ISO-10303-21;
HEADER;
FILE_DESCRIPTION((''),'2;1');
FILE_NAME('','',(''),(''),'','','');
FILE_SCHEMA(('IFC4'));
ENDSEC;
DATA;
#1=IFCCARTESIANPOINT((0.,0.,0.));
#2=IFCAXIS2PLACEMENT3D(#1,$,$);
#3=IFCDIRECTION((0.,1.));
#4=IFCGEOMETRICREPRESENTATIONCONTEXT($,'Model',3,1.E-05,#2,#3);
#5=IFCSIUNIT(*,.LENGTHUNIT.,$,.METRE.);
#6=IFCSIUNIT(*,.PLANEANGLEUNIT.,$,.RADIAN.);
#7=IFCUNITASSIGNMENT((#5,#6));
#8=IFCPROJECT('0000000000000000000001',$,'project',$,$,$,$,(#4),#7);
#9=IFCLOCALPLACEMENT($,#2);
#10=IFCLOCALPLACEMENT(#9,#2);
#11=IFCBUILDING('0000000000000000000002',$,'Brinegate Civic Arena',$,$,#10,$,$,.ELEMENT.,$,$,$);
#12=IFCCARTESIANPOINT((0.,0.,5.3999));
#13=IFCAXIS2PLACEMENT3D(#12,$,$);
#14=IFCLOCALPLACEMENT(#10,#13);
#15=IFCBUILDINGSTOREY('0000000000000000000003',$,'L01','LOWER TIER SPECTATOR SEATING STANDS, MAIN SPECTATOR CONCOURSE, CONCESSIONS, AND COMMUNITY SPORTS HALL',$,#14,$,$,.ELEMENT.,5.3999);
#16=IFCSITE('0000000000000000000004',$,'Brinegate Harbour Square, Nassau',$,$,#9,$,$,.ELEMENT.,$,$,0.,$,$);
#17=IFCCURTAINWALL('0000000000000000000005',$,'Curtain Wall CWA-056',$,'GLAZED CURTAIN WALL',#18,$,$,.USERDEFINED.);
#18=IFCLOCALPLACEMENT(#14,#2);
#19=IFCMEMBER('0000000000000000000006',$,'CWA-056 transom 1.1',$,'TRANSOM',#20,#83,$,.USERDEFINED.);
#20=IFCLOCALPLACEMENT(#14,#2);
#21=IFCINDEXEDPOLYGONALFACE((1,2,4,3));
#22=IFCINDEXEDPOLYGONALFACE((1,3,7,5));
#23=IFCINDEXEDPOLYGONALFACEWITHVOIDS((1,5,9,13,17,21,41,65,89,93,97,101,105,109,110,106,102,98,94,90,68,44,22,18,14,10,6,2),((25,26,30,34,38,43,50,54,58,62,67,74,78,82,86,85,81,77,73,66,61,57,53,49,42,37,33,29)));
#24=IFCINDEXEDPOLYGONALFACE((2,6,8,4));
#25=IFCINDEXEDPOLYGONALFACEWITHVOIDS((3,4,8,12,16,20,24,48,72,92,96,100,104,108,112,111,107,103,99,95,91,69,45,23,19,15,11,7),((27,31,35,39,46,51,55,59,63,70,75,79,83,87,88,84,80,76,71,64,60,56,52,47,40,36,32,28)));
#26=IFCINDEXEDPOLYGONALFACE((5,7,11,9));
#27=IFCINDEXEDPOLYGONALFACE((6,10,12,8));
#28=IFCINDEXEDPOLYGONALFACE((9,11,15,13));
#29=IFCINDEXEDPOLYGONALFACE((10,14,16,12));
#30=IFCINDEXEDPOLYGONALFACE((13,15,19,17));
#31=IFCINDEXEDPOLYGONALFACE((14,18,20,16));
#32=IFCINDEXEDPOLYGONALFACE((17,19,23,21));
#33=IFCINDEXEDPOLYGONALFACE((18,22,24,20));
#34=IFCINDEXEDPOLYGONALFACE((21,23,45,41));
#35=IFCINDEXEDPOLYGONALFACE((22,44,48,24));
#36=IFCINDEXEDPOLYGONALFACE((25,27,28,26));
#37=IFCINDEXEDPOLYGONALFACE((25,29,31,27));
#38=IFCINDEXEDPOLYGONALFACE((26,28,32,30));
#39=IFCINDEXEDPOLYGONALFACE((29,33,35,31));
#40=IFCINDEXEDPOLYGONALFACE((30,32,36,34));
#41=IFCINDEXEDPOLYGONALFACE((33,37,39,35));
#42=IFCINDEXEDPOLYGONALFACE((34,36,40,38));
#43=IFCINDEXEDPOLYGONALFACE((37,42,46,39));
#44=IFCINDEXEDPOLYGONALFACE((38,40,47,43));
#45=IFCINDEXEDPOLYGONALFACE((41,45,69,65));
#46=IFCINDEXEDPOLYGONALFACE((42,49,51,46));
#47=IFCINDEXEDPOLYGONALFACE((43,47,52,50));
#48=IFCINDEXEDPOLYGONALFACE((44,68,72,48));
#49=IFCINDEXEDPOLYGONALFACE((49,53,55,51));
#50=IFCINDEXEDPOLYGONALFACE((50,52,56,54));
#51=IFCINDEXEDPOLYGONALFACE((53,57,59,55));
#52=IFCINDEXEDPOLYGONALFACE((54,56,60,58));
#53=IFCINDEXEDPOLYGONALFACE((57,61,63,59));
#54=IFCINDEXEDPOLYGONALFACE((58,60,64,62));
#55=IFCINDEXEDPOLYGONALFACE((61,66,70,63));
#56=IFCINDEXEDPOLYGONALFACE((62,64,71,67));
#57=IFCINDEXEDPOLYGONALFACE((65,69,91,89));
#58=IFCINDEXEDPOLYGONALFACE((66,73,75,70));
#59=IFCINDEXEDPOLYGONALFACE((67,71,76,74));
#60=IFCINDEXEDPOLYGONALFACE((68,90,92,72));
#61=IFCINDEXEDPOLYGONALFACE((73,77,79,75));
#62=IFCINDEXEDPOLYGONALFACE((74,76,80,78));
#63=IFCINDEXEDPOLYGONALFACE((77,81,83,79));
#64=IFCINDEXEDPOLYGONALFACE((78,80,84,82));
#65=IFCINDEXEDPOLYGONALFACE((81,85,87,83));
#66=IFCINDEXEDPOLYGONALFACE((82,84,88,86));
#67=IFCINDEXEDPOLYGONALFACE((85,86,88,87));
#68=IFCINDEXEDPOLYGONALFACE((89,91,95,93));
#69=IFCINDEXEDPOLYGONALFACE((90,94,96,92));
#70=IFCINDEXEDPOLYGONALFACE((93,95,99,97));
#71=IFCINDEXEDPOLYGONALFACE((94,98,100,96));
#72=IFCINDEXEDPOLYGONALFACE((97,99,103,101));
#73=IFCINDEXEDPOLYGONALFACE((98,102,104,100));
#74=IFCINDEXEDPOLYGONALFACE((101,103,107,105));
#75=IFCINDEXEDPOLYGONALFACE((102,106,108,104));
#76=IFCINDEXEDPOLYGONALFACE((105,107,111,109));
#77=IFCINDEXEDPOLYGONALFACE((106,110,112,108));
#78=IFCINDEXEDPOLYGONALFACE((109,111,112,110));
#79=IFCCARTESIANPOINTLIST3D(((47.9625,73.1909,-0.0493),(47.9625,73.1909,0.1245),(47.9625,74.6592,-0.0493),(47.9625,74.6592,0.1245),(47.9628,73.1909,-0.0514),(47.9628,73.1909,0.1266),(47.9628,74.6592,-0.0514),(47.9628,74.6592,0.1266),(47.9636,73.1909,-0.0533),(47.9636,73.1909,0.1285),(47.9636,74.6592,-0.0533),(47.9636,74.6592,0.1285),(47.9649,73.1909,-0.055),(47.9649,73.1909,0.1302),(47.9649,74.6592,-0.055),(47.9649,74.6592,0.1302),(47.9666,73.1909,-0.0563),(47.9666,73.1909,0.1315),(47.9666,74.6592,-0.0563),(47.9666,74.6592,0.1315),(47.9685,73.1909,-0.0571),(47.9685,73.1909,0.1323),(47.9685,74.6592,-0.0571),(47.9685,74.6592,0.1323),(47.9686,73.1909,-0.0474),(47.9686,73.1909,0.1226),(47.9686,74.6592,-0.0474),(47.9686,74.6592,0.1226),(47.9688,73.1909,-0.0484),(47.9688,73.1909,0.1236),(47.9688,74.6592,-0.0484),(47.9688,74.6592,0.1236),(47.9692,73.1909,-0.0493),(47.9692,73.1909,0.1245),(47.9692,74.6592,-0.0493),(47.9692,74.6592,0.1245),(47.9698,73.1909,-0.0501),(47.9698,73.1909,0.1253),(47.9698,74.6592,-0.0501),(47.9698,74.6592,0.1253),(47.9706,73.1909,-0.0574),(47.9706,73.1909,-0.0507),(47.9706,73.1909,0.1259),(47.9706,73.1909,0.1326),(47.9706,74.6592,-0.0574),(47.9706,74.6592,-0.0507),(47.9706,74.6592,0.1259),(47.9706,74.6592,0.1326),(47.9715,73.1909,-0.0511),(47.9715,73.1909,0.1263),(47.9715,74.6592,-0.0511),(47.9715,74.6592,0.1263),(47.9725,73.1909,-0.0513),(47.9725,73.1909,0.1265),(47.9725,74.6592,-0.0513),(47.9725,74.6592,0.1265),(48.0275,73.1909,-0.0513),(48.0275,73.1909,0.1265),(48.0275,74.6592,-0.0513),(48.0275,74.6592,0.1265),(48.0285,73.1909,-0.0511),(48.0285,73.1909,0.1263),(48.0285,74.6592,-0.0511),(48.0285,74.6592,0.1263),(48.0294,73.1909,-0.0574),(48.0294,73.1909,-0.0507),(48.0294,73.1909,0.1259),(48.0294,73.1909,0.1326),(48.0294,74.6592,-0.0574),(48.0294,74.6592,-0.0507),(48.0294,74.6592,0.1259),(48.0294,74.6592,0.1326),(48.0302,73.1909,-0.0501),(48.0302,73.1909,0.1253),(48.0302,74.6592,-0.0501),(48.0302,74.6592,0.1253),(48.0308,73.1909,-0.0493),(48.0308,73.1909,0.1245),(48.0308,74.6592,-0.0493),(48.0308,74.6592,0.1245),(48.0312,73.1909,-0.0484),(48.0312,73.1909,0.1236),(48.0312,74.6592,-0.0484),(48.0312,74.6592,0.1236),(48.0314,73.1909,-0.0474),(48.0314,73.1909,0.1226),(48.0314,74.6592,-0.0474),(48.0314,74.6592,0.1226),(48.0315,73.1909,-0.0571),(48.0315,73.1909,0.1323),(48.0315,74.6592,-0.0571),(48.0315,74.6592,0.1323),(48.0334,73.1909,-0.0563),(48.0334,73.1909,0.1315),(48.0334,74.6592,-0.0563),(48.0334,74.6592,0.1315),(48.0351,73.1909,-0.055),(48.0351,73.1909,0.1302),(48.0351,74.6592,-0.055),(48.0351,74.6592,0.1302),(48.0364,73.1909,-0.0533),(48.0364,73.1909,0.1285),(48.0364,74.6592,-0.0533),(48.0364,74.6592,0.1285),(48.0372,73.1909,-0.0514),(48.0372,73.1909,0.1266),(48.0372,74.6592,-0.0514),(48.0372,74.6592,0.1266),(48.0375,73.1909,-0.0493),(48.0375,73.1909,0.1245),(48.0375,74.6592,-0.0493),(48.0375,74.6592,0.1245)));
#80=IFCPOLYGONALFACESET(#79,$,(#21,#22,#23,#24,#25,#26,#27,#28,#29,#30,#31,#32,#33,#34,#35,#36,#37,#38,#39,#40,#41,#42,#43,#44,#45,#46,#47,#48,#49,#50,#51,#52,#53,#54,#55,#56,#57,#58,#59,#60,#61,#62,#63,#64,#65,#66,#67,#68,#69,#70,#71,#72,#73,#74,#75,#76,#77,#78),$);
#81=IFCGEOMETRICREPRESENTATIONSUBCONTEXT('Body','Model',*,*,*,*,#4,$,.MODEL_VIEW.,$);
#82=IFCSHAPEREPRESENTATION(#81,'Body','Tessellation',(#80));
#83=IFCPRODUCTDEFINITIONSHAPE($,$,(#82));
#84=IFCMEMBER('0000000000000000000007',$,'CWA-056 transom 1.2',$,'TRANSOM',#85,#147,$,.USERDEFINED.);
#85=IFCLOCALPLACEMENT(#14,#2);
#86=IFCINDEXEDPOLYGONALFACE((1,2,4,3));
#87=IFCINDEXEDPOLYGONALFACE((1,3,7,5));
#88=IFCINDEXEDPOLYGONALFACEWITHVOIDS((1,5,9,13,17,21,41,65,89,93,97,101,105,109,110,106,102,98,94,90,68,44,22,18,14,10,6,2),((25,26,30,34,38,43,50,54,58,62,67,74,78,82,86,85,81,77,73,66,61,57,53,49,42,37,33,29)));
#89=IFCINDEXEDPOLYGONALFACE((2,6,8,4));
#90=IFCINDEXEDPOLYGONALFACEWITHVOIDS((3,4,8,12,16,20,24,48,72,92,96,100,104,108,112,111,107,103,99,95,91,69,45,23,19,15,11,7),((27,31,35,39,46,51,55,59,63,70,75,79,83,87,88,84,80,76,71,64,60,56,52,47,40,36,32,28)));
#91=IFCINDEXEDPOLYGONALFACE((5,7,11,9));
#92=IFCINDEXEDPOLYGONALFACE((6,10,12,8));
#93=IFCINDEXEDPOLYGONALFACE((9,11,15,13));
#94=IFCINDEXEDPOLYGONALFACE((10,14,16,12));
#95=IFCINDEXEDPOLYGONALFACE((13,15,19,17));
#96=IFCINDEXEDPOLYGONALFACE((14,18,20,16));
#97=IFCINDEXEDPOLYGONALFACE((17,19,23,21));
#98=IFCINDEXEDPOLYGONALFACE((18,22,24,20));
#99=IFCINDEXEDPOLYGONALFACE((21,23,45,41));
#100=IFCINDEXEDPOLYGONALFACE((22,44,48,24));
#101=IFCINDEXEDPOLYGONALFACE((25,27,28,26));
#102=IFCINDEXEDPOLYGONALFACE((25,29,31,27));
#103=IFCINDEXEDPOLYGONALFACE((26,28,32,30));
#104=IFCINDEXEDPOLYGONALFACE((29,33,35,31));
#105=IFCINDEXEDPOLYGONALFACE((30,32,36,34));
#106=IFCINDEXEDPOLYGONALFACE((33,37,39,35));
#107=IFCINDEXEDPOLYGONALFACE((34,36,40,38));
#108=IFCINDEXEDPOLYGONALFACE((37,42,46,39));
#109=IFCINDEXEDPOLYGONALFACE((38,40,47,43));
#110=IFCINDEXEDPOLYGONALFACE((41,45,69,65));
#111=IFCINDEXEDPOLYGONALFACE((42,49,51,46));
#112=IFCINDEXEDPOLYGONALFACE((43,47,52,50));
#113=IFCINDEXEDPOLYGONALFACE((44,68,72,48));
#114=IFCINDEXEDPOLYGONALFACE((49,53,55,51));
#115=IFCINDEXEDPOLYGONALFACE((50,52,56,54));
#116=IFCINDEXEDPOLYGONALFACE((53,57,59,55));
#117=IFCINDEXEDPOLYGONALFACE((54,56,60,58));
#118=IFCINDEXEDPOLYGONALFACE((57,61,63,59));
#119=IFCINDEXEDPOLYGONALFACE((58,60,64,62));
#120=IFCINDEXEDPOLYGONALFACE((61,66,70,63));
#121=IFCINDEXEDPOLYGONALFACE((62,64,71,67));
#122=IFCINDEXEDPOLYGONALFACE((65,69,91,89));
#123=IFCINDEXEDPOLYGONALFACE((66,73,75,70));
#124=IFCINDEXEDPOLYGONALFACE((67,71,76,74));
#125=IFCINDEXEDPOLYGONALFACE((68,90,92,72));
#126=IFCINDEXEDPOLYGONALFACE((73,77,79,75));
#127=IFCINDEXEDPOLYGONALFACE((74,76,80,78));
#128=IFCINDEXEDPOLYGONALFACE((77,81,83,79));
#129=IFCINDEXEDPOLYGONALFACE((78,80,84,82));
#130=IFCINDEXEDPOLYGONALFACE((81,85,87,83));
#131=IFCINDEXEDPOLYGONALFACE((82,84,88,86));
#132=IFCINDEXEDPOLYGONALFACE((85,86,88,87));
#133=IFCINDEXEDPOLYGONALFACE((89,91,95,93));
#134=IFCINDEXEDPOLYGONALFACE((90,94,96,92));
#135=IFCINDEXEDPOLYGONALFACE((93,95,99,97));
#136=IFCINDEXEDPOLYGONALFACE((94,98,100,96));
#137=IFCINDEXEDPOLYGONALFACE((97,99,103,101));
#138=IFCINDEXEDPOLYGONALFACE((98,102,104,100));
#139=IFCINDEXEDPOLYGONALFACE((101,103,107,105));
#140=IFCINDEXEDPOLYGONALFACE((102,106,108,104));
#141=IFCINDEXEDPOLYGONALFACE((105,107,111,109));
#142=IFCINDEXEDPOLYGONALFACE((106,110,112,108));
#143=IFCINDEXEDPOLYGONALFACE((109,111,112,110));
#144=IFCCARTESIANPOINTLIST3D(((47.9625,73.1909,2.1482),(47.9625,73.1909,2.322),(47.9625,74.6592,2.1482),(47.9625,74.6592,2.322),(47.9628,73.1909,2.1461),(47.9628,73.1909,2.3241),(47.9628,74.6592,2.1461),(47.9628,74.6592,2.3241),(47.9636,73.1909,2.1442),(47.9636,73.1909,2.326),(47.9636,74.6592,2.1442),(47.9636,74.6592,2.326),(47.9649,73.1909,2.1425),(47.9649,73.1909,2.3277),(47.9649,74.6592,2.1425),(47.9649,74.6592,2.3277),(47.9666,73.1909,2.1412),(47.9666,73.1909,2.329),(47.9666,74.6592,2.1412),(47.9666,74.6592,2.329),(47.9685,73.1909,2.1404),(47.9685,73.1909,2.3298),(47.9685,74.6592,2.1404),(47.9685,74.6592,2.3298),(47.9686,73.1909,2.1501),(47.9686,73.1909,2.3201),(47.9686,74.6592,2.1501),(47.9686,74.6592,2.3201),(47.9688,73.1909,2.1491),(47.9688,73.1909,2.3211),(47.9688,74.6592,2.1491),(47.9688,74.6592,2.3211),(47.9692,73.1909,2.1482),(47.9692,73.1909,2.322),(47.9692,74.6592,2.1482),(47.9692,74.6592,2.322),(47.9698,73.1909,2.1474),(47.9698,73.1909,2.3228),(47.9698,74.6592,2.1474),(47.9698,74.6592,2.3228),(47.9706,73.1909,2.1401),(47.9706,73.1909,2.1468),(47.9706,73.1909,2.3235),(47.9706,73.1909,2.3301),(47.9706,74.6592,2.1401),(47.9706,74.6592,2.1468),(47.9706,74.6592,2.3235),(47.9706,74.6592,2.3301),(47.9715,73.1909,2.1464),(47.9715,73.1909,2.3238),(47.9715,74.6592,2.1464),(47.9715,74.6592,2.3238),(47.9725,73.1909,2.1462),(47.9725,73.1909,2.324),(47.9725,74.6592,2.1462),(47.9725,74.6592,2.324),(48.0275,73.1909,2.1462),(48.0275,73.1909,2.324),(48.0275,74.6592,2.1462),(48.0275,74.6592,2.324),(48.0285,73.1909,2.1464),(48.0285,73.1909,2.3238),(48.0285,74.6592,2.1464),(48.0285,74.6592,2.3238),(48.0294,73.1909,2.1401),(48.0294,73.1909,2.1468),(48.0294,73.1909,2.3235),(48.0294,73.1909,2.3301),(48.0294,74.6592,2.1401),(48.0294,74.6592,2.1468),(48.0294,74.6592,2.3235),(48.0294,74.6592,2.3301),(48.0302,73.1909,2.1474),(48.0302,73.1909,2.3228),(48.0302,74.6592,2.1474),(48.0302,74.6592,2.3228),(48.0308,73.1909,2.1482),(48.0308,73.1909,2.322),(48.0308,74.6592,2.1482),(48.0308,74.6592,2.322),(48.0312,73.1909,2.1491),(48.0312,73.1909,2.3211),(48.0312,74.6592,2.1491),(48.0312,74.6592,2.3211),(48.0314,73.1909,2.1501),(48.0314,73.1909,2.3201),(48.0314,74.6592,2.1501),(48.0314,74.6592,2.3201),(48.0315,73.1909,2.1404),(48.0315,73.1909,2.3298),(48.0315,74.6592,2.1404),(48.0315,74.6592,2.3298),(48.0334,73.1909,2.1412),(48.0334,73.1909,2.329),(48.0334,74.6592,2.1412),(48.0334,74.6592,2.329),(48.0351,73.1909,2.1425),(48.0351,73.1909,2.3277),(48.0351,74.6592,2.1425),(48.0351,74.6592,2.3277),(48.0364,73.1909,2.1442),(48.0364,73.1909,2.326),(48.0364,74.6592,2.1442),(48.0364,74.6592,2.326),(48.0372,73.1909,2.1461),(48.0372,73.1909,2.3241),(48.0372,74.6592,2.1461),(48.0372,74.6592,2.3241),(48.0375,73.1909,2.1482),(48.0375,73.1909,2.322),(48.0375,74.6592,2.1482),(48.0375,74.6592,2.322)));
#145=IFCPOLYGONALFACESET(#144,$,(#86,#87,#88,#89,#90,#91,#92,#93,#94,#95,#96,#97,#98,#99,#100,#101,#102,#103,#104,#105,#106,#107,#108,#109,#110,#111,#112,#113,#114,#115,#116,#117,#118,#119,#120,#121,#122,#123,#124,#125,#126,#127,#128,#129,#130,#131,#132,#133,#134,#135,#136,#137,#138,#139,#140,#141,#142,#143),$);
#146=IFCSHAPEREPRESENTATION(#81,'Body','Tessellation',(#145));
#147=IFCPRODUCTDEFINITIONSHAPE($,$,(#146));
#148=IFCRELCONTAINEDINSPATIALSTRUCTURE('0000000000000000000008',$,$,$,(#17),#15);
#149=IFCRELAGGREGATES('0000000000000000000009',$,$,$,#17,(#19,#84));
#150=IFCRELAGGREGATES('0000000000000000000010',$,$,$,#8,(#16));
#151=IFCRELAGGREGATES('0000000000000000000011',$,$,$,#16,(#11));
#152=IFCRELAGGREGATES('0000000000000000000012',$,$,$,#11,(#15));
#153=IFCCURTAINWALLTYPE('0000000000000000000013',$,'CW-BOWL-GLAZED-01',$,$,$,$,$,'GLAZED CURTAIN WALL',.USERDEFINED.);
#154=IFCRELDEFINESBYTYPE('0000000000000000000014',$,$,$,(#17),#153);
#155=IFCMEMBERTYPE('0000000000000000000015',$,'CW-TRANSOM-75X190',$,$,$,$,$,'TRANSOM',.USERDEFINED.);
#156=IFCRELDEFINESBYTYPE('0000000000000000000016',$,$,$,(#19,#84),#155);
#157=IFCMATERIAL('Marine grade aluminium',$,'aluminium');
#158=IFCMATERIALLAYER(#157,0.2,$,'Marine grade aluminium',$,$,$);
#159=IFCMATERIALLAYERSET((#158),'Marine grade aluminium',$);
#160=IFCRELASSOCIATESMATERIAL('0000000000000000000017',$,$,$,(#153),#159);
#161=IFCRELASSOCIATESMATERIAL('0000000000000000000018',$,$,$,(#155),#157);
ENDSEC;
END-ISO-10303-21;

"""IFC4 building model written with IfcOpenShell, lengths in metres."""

from ifc_helpers import new_model, si_unit, direction, frame, origin, origin_2d, place, context, subcontext, project, spatial, hollow_rectangle, extrude, material, layer, layer_set, material_profile, profile_set, type_object, element, aggregate, save


model = new_model("IFC4")

# Units and contexts
model_context = context("Model", 3, precision=1e-05, world=origin(), true_north=direction((0.0, 1.0)))
body_context = subcontext(model_context, "Body", "Model", "MODEL_VIEW")
ifc_project = project(units=[si_unit("LENGTHUNIT", "METRE"), si_unit("PLANEANGLEUNIT", "RADIAN")], contexts=[model_context])

# Site, building, storey
site_placement = place(None, origin())
site = spatial("IfcSite", under=ifc_project, at=site_placement, Name="Brinegate Harbour Square, Nassau", CompositionType="ELEMENT", RefElevation=0.0)
building_placement = place(site_placement, origin())
building = spatial("IfcBuilding", under=site, at=building_placement, Name="Brinegate Civic Arena", CompositionType="ELEMENT")
storey_placement = place(building_placement, frame((0.0, 0.0, 5.3999)))
storey = spatial("IfcBuildingStorey", under=building, at=storey_placement, Name="L01", Description="LOWER TIER SPECTATOR SEATING STANDS, MAIN SPECTATOR CONCOURSE, CONCESSIONS, AND COMMUNITY SPORTS HALL", CompositionType="ELEMENT", Elevation=5.3999)

# Shared definitions
ifc_material_1 = material(Name="Marine grade aluminium", Category="aluminium")

# Curtain wall
ifc_layer_1 = layer(ifc_material_1, 0.2, Name="Marine grade aluminium")
ifc_layer_set_1 = layer_set([ifc_layer_1], Name="Marine grade aluminium")
curtain_wall_type_1 = type_object("IfcCurtainWallType", Name="CW-BOWL-GLAZED-01", ElementType="GLAZED CURTAIN WALL", PredefinedType="USERDEFINED", material=ifc_layer_set_1)
curtain_wall_1_placement = place(storey_placement, origin())
curtain_wall_1 = element("IfcCurtainWall", 1, at=curtain_wall_1_placement, inside=storey, type_object=curtain_wall_type_1, Name="Curtain Wall CWA-056", ObjectType="GLAZED CURTAIN WALL", PredefinedType="USERDEFINED")

# Members
ifc_material_profile_1 = material_profile(ifc_material_1, hollow_rectangle(XDim=0.075, YDim=0.1899, WallThickness=0.0061, InnerFilletRadius=0.0039, OuterFilletRadius=0.0081, at=origin_2d()), Name="TRN75X190")
ifc_profile_set_1 = profile_set([ifc_material_profile_1], Name="Marine grade aluminium")
member_type_1 = type_object("IfcMemberType", Name="CW-TRANSOM-75X190", ElementType="TRANSOM", PredefinedType="USERDEFINED", material=ifc_profile_set_1)
member_1_placement = place(storey_placement, frame((48.0, 73.1909, 0.0376), z_axis=(0.0, 1.0, 0.0), x_axis=(-1.0, 0.0, 0.0)))
member_1 = element("IfcMember", 2, at=member_1_placement, type_object=member_type_1, Name="CWA-056 transom 1.1", ObjectType="TRANSOM", PredefinedType="USERDEFINED", context=body_context, shape_type="SweptSolid", body=[
    extrude(hollow_rectangle(XDim=0.075, YDim=0.1899, WallThickness=0.0061, InnerFilletRadius=0.0039, OuterFilletRadius=0.0081, at=origin_2d()), origin(), (0.0, 0.0, 1.0), 1.4683),
])
member_2_placement = place(storey_placement, frame((48.0, 73.1909, 2.2351), z_axis=(0.0, 1.0, 0.0), x_axis=(-1.0, 0.0, 0.0)))
member_2 = element("IfcMember", 3, at=member_2_placement, type_object=member_type_1, Name="CWA-056 transom 1.2", ObjectType="TRANSOM", PredefinedType="USERDEFINED", context=body_context, shape_type="SweptSolid", body=[
    extrude(hollow_rectangle(XDim=0.075, YDim=0.1899, WallThickness=0.0061, InnerFilletRadius=0.0039, OuterFilletRadius=0.0081, at=origin_2d()), origin(), (0.0, 0.0, 1.0), 1.4683),
])

aggregate(curtain_wall_1, [member_1, member_2])

save(model, "model.ifc")
